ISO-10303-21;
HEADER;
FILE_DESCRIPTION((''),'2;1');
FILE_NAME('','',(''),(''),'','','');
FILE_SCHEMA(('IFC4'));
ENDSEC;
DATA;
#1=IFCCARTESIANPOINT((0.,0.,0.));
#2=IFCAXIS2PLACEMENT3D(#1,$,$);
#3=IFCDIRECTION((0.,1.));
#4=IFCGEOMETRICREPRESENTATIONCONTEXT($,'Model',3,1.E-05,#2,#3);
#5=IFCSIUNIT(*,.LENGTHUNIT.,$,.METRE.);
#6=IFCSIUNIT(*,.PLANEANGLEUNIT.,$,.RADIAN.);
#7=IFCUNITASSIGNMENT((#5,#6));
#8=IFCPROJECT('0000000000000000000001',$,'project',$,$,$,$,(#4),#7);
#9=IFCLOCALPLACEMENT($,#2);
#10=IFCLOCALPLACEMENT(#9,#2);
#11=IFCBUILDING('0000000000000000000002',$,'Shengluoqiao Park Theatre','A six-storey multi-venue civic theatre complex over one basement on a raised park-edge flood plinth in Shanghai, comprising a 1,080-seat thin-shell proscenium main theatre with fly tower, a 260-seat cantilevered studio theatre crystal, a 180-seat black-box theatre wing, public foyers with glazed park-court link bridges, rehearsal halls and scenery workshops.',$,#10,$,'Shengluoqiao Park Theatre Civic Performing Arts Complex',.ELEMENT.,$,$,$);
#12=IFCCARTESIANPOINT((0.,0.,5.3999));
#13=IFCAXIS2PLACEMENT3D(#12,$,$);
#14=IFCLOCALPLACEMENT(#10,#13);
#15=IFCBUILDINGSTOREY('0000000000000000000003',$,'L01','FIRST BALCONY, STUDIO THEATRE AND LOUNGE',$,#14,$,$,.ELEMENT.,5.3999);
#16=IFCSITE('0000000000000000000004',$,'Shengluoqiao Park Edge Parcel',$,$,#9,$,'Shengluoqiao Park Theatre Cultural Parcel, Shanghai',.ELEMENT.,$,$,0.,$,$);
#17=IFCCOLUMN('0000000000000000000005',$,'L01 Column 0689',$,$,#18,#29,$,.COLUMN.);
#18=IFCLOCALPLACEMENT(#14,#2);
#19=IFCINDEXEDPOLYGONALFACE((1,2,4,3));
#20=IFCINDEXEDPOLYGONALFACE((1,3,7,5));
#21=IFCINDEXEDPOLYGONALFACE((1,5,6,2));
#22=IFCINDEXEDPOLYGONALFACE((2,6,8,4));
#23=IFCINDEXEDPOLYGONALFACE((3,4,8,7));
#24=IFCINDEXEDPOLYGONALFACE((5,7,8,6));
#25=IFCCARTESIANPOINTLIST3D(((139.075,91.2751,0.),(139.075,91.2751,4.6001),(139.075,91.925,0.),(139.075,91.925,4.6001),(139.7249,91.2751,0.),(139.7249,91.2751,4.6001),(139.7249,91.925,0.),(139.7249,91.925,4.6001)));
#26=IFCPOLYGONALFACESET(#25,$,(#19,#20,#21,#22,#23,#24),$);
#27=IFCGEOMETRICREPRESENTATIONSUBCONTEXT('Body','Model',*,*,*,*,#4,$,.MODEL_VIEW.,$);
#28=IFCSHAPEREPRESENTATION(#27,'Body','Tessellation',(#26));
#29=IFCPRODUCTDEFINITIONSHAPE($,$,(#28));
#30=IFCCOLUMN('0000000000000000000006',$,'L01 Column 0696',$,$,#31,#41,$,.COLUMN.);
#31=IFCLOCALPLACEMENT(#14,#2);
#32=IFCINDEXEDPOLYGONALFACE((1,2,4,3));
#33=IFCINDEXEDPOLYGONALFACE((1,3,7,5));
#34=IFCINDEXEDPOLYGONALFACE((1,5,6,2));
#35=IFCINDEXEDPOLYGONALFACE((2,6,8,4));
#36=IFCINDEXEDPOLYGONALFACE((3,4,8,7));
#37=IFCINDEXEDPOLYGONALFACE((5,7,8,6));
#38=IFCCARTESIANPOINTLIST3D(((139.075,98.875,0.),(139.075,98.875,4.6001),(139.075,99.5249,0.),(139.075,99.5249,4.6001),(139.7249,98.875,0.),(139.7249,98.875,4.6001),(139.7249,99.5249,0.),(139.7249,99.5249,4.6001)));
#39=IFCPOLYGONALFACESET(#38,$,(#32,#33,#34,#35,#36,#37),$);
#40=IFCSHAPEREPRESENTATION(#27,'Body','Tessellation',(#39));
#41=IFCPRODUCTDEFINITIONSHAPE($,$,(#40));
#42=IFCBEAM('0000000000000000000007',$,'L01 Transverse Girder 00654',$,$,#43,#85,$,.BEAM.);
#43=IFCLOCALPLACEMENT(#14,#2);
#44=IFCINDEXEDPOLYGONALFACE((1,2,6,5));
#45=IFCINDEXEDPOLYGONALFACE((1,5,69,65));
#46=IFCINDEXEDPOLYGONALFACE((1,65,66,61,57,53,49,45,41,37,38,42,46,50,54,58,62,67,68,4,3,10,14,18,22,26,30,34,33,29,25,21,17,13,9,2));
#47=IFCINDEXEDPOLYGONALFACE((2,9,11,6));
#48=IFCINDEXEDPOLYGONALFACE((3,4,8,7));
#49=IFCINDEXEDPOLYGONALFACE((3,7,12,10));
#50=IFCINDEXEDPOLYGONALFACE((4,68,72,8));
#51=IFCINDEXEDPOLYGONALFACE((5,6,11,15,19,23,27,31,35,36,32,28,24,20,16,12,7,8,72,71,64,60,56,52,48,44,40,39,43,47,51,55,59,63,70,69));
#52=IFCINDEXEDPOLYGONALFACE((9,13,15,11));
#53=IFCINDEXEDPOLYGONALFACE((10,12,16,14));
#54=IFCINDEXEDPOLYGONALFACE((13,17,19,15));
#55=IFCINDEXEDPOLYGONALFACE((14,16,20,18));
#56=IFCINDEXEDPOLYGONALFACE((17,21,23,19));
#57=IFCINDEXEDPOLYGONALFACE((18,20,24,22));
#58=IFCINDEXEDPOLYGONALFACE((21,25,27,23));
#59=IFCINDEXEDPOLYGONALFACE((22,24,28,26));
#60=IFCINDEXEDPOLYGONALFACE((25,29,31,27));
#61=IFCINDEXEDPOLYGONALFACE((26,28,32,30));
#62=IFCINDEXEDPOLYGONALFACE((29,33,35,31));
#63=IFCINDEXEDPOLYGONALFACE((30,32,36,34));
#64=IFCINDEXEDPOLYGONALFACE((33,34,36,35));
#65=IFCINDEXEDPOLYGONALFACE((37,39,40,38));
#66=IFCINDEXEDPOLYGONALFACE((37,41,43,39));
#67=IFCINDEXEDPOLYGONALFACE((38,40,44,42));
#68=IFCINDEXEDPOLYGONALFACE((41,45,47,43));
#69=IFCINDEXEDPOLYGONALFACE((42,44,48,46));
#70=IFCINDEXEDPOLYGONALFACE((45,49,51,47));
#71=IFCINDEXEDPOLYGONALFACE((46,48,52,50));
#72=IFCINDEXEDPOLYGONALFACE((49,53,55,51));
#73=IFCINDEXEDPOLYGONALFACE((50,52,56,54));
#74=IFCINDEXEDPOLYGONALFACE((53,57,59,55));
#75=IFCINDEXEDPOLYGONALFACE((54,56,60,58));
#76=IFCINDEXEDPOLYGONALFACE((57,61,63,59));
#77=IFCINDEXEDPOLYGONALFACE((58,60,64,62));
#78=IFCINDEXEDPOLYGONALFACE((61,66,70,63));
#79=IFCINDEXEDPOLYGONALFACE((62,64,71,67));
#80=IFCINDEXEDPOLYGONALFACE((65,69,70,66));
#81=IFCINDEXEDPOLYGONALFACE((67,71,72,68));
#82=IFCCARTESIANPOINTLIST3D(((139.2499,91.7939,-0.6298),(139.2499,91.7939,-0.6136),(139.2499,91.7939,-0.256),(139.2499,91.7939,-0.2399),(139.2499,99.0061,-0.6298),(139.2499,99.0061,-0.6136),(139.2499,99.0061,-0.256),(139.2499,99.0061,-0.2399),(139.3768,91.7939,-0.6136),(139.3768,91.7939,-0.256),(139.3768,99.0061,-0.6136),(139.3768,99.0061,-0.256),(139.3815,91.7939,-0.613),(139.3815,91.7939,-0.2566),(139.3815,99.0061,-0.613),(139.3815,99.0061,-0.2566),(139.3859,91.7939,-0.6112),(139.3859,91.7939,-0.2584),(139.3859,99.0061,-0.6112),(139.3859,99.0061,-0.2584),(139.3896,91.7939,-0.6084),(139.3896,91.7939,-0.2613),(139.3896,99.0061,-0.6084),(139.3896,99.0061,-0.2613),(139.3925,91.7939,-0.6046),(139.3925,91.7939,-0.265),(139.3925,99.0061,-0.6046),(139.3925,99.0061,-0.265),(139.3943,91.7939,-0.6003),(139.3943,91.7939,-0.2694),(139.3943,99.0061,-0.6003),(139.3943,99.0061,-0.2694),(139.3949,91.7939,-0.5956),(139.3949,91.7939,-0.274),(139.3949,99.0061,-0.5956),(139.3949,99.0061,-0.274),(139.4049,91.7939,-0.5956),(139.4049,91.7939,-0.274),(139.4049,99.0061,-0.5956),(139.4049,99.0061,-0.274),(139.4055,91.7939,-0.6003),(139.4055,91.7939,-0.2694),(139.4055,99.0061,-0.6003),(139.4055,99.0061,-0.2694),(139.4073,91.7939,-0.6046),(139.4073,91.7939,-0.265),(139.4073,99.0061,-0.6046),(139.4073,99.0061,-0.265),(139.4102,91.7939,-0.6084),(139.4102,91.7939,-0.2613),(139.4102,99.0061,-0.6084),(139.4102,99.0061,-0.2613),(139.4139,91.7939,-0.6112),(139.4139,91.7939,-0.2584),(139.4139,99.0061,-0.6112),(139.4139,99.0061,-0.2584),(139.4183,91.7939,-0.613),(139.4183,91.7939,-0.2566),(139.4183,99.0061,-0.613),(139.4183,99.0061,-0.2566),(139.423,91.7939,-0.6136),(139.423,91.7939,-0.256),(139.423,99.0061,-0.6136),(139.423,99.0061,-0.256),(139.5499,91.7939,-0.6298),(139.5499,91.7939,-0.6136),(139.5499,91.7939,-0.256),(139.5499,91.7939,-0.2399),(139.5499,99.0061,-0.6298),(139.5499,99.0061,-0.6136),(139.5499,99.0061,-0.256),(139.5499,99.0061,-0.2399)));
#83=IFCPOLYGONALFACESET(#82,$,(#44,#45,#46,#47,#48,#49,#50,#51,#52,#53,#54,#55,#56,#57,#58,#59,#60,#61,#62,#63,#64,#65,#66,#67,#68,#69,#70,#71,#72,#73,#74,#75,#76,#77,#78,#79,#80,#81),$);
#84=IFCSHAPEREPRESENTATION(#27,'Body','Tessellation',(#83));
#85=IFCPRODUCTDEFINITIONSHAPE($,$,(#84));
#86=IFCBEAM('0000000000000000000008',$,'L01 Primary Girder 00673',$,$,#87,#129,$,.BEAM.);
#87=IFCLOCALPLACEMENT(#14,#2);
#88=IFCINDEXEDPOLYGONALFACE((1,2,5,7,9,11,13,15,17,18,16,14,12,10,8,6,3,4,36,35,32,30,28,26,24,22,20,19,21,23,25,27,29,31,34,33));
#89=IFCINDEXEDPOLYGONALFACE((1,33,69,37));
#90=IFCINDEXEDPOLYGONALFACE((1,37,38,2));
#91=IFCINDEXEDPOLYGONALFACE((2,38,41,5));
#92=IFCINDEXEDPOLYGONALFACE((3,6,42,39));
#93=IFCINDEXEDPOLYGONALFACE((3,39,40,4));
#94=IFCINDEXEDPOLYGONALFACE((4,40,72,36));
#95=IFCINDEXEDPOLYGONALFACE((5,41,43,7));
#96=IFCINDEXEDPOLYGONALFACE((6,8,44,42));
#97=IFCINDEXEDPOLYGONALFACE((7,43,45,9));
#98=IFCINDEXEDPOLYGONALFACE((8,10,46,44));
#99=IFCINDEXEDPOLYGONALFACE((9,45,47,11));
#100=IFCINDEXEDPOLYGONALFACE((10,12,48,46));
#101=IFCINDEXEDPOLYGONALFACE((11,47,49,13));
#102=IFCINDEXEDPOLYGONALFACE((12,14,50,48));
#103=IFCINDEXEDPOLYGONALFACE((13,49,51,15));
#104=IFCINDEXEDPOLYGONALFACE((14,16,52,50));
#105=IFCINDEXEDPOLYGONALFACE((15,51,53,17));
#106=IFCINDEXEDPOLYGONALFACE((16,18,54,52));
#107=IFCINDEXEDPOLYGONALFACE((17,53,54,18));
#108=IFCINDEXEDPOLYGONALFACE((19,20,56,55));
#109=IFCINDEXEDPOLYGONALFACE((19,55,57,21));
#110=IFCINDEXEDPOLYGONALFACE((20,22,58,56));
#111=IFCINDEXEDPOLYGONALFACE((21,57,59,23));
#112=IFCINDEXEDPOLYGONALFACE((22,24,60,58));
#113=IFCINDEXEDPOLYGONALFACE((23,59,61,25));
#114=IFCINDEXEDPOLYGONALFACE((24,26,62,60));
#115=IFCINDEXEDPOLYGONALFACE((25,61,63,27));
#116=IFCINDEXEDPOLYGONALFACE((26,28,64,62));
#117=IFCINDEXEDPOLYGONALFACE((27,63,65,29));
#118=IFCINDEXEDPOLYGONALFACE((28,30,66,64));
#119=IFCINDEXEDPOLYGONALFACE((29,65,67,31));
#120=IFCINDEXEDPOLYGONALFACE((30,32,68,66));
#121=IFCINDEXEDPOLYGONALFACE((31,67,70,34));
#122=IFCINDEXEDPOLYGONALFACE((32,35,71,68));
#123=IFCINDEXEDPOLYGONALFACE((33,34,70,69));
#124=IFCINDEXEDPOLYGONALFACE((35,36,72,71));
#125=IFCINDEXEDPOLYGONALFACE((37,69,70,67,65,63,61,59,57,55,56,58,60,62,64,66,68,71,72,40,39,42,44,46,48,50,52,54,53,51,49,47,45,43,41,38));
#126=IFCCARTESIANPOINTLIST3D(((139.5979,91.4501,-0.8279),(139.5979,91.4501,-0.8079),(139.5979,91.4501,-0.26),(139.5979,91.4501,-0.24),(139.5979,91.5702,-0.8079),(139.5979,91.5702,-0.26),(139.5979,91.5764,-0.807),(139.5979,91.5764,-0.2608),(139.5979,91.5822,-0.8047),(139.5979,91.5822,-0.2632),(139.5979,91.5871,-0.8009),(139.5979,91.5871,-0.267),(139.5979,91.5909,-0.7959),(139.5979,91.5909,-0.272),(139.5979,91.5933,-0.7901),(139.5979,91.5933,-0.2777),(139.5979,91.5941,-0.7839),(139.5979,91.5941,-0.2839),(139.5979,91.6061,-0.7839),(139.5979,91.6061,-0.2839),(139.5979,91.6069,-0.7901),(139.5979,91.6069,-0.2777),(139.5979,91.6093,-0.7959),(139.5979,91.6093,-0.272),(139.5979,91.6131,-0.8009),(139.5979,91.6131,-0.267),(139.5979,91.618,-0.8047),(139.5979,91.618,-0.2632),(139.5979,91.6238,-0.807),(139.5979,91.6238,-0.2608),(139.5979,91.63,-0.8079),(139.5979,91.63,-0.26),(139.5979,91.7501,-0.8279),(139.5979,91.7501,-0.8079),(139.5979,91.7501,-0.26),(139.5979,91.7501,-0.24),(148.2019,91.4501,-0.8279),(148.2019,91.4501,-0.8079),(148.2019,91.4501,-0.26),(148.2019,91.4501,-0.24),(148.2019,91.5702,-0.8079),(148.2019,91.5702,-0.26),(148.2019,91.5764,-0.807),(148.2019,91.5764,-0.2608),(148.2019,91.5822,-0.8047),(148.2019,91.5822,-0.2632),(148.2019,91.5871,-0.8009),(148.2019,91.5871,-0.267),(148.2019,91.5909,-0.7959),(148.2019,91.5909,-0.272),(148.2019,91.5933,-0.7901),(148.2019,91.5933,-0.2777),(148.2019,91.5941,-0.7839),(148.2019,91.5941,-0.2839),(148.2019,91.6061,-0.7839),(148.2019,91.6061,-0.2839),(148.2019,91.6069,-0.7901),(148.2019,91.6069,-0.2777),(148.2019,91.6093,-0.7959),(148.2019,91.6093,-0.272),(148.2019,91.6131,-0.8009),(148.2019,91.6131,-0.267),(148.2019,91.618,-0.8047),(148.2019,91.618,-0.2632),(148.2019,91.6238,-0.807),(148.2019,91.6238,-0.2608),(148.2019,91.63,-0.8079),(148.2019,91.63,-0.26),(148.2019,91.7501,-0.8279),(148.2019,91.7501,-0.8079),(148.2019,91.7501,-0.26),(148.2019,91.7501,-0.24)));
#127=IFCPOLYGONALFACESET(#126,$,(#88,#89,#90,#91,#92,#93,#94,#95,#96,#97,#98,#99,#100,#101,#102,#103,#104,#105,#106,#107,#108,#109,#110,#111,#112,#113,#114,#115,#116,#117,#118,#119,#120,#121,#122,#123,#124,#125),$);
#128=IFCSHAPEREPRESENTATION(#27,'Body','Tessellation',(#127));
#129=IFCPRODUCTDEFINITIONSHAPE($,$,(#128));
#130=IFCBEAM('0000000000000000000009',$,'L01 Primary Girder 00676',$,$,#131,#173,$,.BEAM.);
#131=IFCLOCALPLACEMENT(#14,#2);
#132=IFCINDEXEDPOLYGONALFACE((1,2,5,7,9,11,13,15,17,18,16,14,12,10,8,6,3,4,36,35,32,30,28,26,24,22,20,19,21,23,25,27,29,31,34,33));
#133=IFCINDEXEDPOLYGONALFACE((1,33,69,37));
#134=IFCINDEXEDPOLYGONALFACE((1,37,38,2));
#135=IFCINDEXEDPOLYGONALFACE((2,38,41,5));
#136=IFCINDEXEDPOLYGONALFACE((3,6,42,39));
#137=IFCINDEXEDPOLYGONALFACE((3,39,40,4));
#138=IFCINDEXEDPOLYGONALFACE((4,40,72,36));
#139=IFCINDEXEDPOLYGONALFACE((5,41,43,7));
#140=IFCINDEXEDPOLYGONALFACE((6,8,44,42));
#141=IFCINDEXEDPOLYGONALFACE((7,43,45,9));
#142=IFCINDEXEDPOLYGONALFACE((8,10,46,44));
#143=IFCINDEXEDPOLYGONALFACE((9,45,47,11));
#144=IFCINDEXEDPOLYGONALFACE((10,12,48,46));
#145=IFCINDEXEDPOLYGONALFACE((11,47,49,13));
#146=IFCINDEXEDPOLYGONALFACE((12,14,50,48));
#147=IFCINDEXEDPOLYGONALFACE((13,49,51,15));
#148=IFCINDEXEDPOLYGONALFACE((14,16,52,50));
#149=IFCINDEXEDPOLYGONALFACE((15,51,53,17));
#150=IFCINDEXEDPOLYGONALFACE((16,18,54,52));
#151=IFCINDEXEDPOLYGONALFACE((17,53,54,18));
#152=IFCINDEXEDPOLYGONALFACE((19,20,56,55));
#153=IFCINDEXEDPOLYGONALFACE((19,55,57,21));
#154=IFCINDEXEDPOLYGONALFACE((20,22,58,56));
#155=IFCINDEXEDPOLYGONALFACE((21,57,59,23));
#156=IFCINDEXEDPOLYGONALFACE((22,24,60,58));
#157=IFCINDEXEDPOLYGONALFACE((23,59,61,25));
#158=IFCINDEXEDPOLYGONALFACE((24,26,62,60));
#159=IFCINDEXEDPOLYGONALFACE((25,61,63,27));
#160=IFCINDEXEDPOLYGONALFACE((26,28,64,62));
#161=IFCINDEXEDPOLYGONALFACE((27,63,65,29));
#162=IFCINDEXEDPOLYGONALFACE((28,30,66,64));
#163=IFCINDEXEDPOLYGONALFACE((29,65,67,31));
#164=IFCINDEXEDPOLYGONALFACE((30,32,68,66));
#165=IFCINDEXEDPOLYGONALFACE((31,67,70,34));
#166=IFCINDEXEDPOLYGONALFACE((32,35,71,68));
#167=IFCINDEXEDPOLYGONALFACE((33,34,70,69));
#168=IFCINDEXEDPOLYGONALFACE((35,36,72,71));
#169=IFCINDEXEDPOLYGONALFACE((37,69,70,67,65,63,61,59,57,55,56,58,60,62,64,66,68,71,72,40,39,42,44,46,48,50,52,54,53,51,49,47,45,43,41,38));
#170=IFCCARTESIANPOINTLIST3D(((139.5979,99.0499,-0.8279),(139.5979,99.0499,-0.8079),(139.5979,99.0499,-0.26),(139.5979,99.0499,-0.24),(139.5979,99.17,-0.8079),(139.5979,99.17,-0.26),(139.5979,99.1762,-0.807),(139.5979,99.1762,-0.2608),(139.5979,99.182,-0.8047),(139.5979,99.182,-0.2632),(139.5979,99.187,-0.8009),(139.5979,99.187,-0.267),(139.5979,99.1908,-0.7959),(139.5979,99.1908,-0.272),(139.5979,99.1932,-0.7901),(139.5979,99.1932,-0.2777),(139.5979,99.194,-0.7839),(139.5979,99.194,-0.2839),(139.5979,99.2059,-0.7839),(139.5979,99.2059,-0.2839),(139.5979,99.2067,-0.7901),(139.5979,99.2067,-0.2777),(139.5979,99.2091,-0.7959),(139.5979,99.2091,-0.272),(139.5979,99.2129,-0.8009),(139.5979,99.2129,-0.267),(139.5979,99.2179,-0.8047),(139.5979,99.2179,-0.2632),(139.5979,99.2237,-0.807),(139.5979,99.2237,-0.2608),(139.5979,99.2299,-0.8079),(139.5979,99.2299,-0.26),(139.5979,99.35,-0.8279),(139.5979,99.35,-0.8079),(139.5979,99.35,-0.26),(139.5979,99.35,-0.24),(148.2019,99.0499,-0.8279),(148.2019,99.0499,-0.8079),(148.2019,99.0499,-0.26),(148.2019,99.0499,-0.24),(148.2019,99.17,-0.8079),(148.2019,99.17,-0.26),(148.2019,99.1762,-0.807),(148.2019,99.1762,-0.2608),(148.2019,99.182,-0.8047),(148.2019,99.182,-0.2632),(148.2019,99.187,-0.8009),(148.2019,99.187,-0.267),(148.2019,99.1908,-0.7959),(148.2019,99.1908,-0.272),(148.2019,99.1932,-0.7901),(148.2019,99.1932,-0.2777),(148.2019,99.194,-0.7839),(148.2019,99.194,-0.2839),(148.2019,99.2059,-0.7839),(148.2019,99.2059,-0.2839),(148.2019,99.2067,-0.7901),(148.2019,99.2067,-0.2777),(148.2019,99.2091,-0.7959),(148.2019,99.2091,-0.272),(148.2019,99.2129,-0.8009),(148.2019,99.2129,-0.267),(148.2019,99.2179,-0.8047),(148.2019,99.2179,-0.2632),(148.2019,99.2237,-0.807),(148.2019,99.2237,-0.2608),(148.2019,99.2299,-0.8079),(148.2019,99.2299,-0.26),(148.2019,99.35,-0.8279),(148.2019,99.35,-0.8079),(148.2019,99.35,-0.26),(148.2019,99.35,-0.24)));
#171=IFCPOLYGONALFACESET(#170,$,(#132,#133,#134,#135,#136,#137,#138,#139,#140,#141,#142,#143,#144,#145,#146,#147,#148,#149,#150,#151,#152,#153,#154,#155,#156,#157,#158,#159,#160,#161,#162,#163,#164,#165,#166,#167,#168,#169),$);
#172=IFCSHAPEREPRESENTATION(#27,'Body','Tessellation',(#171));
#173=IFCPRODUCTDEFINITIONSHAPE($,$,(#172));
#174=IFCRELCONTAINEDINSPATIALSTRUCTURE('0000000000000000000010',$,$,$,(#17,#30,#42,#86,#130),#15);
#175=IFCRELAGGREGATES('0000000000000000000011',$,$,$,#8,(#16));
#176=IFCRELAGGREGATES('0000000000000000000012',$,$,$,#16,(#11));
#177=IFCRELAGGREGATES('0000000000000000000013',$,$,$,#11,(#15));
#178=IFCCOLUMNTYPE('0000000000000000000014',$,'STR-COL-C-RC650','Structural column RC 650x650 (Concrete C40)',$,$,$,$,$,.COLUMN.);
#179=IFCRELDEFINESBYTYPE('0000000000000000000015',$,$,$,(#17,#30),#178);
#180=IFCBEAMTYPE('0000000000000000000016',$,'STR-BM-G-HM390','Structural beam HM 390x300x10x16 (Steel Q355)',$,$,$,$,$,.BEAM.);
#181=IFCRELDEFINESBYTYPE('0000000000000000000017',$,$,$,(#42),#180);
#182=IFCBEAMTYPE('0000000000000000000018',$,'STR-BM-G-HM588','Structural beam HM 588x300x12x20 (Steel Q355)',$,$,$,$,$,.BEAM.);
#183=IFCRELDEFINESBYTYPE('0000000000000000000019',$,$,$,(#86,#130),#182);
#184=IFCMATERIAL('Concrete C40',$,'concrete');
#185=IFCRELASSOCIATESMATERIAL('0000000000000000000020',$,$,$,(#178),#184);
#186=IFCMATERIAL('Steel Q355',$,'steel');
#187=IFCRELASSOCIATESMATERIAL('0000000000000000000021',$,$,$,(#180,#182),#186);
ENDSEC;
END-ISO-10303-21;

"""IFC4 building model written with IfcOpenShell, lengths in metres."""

from ifc_helpers import new_model, si_unit, direction, frame, origin, origin_2d, place, context, subcontext, project, spatial, rectangle, i_section, extrude, material, material_profile, profile_set, type_object, element, save


model = new_model("IFC4")

# Units and contexts
model_context = context("Model", 3, precision=1e-05, world=origin(), true_north=direction((0.0, 1.0)))
body_context = subcontext(model_context, "Body", "Model", "MODEL_VIEW")
ifc_project = project(units=[si_unit("LENGTHUNIT", "METRE"), si_unit("PLANEANGLEUNIT", "RADIAN")], contexts=[model_context])

# Site, building, storey
site_placement = place(None, origin())
site = spatial("IfcSite", under=ifc_project, at=site_placement, Name="Shengluoqiao Park Edge Parcel", LongName="Shengluoqiao Park Theatre Cultural Parcel, Shanghai", CompositionType="ELEMENT", RefElevation=0.0)
building_placement = place(site_placement, origin())
building = spatial("IfcBuilding", under=site, at=building_placement, Name="Shengluoqiao Park Theatre", Description="A six-storey multi-venue civic theatre complex over one basement on a raised park-edge flood plinth in Shanghai, comprising a 1,080-seat thin-shell proscenium main theatre with fly tower, a 260-seat cantilevered studio theatre crystal, a 180-seat black-box theatre wing, public foyers with glazed park-court link bridges, rehearsal halls and scenery workshops.", LongName="Shengluoqiao Park Theatre Civic Performing Arts Complex", CompositionType="ELEMENT")
storey_placement = place(building_placement, frame((0.0, 0.0, 5.3999)))
storey = spatial("IfcBuildingStorey", under=building, at=storey_placement, Name="L01", Description="FIRST BALCONY, STUDIO THEATRE AND LOUNGE", CompositionType="ELEMENT", Elevation=5.3999)

# Columns
ifc_material_1 = material(Name="Concrete C40", Category="concrete")
ifc_material_profile_1 = material_profile(ifc_material_1, rectangle(XDim=0.6499, YDim=0.6499, at=origin_2d()), Name="RC 650x650")
ifc_profile_set_1 = profile_set([ifc_material_profile_1], Name="Concrete C40")
column_type = type_object("IfcColumnType", Name="STR-COL-C-RC650", Description="Structural column RC 650x650 (Concrete C40)", PredefinedType="COLUMN", material=ifc_profile_set_1)
for number, where, z_axis, x_axis, name in (
    (1, (139.3999, 91.6001, 0.0), (0.0, 0.0, 1.0), (1.0, 0.0, 0.0), "L01 Column 0689"),
    (2, (139.3999, 99.2, 0.0), (0.0, 0.0, 1.0), (1.0, 0.0, 0.0), "L01 Column 0696"),
):
    element("IfcColumn", number, at=place(storey_placement, frame(where, z_axis=z_axis, x_axis=x_axis)), inside=storey, type_object=column_type, Name=name, PredefinedType="COLUMN", context=body_context, shape_type="SweptSolid", body=[
        extrude(rectangle(XDim=0.6499, YDim=0.6499, at=origin_2d()), origin(), (0.0, 0.0, 1.0), 4.6001),
    ])

# Beams
ifc_material_2 = material(Name="Steel Q355", Category="steel")
ifc_material_profile_2 = material_profile(ifc_material_2, i_section(OverallWidth=0.3, OverallDepth=0.3899, WebThickness=0.01, FlangeThickness=0.0161, FilletRadius=0.0181, at=origin_2d()), Name="HM 390x300x10x16")
ifc_profile_set_2 = profile_set([ifc_material_profile_2], Name="Steel Q355")
beam_type_1 = type_object("IfcBeamType", Name="STR-BM-G-HM390", Description="Structural beam HM 390x300x10x16 (Steel Q355)", PredefinedType="BEAM", material=ifc_profile_set_2)
beam_placement = place(storey_placement, frame((139.3999, 91.7939, -0.4348), z_axis=(0.0, 1.0, 0.0), x_axis=(-1.0, 0.0, 0.0)))
element("IfcBeam", 3, at=beam_placement, inside=storey, type_object=beam_type_1, Name="L01 Transverse Girder 00654", PredefinedType="BEAM", context=body_context, shape_type="SweptSolid", body=[
    extrude(i_section(OverallWidth=0.3, OverallDepth=0.3899, WebThickness=0.01, FlangeThickness=0.0161, FilletRadius=0.0181, at=origin_2d()), origin(), (0.0, 0.0, 1.0), 7.2122),
])
ifc_material_profile_3 = material_profile(ifc_material_2, i_section(OverallWidth=0.3, OverallDepth=0.5879, WebThickness=0.012, FlangeThickness=0.02, FilletRadius=0.0239, at=origin_2d()), Name="HM 588x300x12x20")
ifc_profile_set_3 = profile_set([ifc_material_profile_3], Name="Steel Q355")
beam_type_2 = type_object("IfcBeamType", Name="STR-BM-G-HM588", Description="Structural beam HM 588x300x12x20 (Steel Q355)", PredefinedType="BEAM", material=ifc_profile_set_3)
for number, where, z_axis, x_axis, name in (
    (4, (139.5979, 91.6001, -0.5339), (1.0, 0.0, 0.0), (0.0, 1.0, 0.0), "L01 Primary Girder 00673"),
    (5, (139.5979, 99.2, -0.5339), (1.0, 0.0, 0.0), (0.0, 1.0, 0.0), "L01 Primary Girder 00676"),
):
    element("IfcBeam", number, at=place(storey_placement, frame(where, z_axis=z_axis, x_axis=x_axis)), inside=storey, type_object=beam_type_2, Name=name, PredefinedType="BEAM", context=body_context, shape_type="SweptSolid", body=[
        extrude(i_section(OverallWidth=0.3, OverallDepth=0.5879, WebThickness=0.012, FlangeThickness=0.02, FilletRadius=0.0239, at=origin_2d()), origin(), (0.0, 0.0, 1.0), 8.604),
    ])

save(model, "model.ifc")
